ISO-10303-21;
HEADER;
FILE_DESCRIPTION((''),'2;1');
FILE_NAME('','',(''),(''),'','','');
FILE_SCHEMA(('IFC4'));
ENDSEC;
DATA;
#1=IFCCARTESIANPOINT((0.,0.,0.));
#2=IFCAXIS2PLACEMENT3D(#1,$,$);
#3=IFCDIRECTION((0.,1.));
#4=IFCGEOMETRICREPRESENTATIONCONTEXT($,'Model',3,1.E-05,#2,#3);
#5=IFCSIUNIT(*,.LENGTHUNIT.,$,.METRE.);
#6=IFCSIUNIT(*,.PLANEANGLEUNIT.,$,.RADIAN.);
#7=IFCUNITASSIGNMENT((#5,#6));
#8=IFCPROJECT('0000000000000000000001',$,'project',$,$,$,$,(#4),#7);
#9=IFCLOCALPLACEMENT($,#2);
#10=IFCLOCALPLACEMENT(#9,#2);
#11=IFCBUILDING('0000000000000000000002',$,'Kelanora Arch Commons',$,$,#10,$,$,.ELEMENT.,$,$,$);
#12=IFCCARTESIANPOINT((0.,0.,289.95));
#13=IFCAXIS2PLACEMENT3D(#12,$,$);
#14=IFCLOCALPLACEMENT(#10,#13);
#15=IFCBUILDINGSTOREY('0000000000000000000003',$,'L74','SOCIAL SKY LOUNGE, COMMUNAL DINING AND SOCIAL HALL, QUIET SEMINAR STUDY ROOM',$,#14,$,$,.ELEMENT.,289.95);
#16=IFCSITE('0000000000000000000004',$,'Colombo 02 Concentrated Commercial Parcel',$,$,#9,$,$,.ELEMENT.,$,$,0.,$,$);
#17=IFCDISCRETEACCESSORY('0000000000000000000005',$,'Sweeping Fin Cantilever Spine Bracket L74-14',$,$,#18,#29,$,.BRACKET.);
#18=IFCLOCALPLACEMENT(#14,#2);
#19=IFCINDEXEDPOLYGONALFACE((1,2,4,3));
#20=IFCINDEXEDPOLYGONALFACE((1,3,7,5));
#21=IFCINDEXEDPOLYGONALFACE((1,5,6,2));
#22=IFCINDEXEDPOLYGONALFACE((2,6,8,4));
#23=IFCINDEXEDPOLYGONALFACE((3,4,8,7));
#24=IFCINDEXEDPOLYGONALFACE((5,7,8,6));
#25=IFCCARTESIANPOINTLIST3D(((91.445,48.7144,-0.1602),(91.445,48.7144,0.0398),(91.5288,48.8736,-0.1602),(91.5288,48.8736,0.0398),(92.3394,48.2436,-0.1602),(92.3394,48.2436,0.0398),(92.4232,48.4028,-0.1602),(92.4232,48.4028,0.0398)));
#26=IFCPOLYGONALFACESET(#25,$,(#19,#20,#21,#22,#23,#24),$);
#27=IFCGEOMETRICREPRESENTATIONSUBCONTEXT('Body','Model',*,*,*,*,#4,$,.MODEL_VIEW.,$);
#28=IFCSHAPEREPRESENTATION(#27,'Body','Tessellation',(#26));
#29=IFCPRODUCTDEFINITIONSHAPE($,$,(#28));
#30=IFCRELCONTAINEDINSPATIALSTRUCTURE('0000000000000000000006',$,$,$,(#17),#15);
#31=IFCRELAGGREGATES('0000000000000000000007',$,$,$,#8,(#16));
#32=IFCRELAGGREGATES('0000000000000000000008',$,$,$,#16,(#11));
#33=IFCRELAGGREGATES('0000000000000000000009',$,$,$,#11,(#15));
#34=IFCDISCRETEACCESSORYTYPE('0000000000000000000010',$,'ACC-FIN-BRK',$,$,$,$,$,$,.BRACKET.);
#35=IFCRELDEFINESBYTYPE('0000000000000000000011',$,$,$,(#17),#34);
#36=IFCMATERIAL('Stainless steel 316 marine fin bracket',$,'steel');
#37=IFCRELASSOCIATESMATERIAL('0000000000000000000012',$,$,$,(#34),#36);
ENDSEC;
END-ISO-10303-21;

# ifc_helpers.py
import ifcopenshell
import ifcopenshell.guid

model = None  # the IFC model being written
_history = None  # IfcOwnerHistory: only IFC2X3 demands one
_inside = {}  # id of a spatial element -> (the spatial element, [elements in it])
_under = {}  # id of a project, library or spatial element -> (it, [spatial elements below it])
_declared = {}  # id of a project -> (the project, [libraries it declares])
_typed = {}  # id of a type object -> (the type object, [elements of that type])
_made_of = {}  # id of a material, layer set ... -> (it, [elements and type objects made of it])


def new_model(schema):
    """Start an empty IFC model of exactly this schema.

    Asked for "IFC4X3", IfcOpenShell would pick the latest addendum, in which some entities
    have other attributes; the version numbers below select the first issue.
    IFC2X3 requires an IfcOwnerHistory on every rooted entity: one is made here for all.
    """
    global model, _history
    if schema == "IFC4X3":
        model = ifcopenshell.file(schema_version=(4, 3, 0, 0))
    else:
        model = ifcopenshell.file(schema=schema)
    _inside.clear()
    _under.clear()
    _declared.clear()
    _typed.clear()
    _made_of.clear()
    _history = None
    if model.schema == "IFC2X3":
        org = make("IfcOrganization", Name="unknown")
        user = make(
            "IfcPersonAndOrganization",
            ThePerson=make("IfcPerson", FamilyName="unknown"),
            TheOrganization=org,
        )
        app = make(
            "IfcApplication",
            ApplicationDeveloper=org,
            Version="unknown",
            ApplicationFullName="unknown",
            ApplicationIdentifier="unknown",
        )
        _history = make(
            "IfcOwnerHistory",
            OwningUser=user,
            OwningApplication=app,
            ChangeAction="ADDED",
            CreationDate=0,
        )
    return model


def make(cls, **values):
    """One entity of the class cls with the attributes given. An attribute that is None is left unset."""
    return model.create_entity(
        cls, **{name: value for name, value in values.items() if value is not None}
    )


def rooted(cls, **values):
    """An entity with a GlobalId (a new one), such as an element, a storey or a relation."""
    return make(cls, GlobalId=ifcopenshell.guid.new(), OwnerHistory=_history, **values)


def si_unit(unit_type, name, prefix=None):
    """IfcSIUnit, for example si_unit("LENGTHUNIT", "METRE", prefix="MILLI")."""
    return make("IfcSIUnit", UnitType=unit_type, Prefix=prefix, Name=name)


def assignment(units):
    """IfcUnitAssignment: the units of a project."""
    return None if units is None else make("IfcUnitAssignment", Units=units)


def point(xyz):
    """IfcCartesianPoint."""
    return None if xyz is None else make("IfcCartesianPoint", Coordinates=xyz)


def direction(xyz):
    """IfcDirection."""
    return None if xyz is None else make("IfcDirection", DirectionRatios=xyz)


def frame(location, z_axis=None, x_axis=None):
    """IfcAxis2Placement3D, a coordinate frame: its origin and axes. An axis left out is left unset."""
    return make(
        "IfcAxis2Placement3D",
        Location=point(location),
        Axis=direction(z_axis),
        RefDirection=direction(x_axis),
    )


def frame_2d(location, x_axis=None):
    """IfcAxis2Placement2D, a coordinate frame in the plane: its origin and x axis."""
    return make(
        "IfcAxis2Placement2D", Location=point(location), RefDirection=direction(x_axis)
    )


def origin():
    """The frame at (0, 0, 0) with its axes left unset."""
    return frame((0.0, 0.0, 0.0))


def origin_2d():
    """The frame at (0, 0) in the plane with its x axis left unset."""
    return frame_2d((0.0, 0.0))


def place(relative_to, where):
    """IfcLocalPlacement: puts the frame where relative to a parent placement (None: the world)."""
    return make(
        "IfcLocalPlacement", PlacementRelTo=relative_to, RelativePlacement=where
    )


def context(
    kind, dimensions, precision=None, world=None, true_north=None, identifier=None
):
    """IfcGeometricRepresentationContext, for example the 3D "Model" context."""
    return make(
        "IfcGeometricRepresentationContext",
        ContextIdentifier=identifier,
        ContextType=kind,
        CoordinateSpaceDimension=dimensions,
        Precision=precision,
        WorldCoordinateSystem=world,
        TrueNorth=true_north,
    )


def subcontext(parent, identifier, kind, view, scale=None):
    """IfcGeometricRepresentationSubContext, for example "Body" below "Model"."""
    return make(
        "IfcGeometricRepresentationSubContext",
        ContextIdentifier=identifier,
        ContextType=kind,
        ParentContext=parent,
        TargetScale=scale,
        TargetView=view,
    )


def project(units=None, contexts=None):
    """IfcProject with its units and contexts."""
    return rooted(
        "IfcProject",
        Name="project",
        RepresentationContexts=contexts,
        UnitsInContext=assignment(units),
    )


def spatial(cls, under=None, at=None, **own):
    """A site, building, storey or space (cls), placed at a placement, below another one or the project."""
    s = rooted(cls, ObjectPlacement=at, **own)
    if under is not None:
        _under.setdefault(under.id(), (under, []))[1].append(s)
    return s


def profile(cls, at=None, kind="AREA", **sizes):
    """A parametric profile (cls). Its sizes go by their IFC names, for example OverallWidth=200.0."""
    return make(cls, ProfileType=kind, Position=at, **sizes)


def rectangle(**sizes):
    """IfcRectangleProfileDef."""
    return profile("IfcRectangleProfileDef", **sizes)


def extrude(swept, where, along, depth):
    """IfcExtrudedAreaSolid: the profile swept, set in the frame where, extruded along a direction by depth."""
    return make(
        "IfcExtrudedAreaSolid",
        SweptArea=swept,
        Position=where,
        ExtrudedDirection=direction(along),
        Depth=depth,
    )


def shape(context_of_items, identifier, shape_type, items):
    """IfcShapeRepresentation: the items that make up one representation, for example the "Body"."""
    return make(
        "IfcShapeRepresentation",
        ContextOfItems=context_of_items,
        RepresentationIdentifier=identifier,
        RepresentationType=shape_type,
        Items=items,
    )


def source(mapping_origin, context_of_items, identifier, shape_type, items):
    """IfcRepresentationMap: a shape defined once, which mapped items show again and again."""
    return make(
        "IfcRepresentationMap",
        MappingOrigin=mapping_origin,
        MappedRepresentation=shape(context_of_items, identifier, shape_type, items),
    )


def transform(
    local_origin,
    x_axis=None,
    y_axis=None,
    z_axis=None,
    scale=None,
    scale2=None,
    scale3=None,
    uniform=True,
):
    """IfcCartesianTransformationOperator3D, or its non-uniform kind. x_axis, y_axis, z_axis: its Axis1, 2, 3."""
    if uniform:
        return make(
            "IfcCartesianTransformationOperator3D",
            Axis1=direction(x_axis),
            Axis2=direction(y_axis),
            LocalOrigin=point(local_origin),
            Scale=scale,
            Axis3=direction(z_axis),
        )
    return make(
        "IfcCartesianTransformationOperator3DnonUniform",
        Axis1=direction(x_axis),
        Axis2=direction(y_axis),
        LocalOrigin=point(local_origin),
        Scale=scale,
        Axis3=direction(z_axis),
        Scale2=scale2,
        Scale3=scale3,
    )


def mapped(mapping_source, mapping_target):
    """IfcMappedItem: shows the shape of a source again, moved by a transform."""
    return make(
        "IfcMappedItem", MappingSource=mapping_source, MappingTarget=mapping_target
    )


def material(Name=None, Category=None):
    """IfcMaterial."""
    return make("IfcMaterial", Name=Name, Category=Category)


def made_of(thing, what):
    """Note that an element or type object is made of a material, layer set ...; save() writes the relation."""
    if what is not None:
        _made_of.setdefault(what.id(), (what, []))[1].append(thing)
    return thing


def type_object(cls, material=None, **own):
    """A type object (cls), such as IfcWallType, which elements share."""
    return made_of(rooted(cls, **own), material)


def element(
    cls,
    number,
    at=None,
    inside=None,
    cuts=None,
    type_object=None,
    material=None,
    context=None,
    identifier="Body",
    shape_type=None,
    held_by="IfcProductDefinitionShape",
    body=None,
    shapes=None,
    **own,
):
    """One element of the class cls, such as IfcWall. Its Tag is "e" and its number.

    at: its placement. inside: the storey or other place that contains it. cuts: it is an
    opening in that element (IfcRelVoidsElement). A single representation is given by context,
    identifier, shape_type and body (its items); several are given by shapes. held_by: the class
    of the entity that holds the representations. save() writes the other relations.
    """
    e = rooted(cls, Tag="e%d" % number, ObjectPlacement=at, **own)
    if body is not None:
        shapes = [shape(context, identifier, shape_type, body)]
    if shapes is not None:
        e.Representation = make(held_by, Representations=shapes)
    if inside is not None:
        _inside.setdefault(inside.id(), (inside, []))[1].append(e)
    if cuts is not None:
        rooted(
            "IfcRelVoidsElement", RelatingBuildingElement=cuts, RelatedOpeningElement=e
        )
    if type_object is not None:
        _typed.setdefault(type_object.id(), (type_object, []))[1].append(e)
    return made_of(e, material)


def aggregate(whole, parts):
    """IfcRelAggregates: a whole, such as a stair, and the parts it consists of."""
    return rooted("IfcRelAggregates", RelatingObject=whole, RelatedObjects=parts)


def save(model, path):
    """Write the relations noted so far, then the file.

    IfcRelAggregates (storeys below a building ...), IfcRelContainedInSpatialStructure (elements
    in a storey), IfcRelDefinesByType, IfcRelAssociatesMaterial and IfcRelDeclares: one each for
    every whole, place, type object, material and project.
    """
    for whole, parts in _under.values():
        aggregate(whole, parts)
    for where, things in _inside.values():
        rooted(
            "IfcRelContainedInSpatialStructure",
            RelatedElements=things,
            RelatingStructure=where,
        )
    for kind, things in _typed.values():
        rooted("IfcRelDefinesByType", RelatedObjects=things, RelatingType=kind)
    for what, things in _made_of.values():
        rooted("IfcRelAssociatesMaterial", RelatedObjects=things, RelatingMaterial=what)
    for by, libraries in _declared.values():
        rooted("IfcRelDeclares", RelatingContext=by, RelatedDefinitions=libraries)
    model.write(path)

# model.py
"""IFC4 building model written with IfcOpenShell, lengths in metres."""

from ifc_helpers import new_model, si_unit, direction, frame, origin, origin_2d, place, context, subcontext, project, spatial, rectangle, extrude, source, transform, mapped, material, type_object, element, save


model = new_model("IFC4")

# Units and contexts
model_context = context("Model", 3, precision=1e-05, world=origin(), true_north=direction((0.0, 1.0)))
body_context = subcontext(model_context, "Body", "Model", "MODEL_VIEW")
ifc_project = project(units=[si_unit("LENGTHUNIT", "METRE"), si_unit("PLANEANGLEUNIT", "RADIAN")], contexts=[model_context])

# Site, building, storey
site_placement = place(None, origin())
site = spatial("IfcSite", under=ifc_project, at=site_placement, Name="Colombo 02 Concentrated Commercial Parcel", CompositionType="ELEMENT", RefElevation=0.0)
building_placement = place(site_placement, origin())
building = spatial("IfcBuilding", under=site, at=building_placement, Name="Kelanora Arch Commons", CompositionType="ELEMENT")
storey_placement = place(building_placement, frame((0.0, 0.0, 289.95)))
storey = spatial("IfcBuildingStorey", under=building, at=storey_placement, Name="L74", Description="SOCIAL SKY LOUNGE, COMMUNAL DINING AND SOCIAL HALL, QUIET SEMINAR STUDY ROOM", CompositionType="ELEMENT", Elevation=289.95)

# Discrete accessory
ifc_material_1 = material(Name="Stainless steel 316 marine fin bracket", Category="steel")
discrete_accessory_type = type_object("IfcDiscreteAccessoryType", Name="ACC-FIN-BRK", PredefinedType="BRACKET", material=ifc_material_1)
shared_shape_1 = source(origin(), body_context, "Body", "SweptSolid", [
    extrude(rectangle(XDim=1.0107, YDim=0.1799, at=origin_2d()), origin(), (0.0, 0.0, 1.0), 0.2),
])
for number, where, z_axis, x_axis, name in (
    (1, (91.9341, 48.5586, -0.1602), (0.0, 0.0, 1.0), (0.884906, -0.465769, 0.0), "Sweeping Fin Cantilever Spine Bracket L74-14"),
):
    element("IfcDiscreteAccessory", number, at=place(storey_placement, frame(where, z_axis=z_axis, x_axis=x_axis)), inside=storey, type_object=discrete_accessory_type, Name=name, PredefinedType="BRACKET", context=body_context, shape_type="MappedRepresentation", body=[
        mapped(shared_shape_1, transform((0.0, 0.0, 0.0), scale=1.0)),
    ])

save(model, "model.ifc")
